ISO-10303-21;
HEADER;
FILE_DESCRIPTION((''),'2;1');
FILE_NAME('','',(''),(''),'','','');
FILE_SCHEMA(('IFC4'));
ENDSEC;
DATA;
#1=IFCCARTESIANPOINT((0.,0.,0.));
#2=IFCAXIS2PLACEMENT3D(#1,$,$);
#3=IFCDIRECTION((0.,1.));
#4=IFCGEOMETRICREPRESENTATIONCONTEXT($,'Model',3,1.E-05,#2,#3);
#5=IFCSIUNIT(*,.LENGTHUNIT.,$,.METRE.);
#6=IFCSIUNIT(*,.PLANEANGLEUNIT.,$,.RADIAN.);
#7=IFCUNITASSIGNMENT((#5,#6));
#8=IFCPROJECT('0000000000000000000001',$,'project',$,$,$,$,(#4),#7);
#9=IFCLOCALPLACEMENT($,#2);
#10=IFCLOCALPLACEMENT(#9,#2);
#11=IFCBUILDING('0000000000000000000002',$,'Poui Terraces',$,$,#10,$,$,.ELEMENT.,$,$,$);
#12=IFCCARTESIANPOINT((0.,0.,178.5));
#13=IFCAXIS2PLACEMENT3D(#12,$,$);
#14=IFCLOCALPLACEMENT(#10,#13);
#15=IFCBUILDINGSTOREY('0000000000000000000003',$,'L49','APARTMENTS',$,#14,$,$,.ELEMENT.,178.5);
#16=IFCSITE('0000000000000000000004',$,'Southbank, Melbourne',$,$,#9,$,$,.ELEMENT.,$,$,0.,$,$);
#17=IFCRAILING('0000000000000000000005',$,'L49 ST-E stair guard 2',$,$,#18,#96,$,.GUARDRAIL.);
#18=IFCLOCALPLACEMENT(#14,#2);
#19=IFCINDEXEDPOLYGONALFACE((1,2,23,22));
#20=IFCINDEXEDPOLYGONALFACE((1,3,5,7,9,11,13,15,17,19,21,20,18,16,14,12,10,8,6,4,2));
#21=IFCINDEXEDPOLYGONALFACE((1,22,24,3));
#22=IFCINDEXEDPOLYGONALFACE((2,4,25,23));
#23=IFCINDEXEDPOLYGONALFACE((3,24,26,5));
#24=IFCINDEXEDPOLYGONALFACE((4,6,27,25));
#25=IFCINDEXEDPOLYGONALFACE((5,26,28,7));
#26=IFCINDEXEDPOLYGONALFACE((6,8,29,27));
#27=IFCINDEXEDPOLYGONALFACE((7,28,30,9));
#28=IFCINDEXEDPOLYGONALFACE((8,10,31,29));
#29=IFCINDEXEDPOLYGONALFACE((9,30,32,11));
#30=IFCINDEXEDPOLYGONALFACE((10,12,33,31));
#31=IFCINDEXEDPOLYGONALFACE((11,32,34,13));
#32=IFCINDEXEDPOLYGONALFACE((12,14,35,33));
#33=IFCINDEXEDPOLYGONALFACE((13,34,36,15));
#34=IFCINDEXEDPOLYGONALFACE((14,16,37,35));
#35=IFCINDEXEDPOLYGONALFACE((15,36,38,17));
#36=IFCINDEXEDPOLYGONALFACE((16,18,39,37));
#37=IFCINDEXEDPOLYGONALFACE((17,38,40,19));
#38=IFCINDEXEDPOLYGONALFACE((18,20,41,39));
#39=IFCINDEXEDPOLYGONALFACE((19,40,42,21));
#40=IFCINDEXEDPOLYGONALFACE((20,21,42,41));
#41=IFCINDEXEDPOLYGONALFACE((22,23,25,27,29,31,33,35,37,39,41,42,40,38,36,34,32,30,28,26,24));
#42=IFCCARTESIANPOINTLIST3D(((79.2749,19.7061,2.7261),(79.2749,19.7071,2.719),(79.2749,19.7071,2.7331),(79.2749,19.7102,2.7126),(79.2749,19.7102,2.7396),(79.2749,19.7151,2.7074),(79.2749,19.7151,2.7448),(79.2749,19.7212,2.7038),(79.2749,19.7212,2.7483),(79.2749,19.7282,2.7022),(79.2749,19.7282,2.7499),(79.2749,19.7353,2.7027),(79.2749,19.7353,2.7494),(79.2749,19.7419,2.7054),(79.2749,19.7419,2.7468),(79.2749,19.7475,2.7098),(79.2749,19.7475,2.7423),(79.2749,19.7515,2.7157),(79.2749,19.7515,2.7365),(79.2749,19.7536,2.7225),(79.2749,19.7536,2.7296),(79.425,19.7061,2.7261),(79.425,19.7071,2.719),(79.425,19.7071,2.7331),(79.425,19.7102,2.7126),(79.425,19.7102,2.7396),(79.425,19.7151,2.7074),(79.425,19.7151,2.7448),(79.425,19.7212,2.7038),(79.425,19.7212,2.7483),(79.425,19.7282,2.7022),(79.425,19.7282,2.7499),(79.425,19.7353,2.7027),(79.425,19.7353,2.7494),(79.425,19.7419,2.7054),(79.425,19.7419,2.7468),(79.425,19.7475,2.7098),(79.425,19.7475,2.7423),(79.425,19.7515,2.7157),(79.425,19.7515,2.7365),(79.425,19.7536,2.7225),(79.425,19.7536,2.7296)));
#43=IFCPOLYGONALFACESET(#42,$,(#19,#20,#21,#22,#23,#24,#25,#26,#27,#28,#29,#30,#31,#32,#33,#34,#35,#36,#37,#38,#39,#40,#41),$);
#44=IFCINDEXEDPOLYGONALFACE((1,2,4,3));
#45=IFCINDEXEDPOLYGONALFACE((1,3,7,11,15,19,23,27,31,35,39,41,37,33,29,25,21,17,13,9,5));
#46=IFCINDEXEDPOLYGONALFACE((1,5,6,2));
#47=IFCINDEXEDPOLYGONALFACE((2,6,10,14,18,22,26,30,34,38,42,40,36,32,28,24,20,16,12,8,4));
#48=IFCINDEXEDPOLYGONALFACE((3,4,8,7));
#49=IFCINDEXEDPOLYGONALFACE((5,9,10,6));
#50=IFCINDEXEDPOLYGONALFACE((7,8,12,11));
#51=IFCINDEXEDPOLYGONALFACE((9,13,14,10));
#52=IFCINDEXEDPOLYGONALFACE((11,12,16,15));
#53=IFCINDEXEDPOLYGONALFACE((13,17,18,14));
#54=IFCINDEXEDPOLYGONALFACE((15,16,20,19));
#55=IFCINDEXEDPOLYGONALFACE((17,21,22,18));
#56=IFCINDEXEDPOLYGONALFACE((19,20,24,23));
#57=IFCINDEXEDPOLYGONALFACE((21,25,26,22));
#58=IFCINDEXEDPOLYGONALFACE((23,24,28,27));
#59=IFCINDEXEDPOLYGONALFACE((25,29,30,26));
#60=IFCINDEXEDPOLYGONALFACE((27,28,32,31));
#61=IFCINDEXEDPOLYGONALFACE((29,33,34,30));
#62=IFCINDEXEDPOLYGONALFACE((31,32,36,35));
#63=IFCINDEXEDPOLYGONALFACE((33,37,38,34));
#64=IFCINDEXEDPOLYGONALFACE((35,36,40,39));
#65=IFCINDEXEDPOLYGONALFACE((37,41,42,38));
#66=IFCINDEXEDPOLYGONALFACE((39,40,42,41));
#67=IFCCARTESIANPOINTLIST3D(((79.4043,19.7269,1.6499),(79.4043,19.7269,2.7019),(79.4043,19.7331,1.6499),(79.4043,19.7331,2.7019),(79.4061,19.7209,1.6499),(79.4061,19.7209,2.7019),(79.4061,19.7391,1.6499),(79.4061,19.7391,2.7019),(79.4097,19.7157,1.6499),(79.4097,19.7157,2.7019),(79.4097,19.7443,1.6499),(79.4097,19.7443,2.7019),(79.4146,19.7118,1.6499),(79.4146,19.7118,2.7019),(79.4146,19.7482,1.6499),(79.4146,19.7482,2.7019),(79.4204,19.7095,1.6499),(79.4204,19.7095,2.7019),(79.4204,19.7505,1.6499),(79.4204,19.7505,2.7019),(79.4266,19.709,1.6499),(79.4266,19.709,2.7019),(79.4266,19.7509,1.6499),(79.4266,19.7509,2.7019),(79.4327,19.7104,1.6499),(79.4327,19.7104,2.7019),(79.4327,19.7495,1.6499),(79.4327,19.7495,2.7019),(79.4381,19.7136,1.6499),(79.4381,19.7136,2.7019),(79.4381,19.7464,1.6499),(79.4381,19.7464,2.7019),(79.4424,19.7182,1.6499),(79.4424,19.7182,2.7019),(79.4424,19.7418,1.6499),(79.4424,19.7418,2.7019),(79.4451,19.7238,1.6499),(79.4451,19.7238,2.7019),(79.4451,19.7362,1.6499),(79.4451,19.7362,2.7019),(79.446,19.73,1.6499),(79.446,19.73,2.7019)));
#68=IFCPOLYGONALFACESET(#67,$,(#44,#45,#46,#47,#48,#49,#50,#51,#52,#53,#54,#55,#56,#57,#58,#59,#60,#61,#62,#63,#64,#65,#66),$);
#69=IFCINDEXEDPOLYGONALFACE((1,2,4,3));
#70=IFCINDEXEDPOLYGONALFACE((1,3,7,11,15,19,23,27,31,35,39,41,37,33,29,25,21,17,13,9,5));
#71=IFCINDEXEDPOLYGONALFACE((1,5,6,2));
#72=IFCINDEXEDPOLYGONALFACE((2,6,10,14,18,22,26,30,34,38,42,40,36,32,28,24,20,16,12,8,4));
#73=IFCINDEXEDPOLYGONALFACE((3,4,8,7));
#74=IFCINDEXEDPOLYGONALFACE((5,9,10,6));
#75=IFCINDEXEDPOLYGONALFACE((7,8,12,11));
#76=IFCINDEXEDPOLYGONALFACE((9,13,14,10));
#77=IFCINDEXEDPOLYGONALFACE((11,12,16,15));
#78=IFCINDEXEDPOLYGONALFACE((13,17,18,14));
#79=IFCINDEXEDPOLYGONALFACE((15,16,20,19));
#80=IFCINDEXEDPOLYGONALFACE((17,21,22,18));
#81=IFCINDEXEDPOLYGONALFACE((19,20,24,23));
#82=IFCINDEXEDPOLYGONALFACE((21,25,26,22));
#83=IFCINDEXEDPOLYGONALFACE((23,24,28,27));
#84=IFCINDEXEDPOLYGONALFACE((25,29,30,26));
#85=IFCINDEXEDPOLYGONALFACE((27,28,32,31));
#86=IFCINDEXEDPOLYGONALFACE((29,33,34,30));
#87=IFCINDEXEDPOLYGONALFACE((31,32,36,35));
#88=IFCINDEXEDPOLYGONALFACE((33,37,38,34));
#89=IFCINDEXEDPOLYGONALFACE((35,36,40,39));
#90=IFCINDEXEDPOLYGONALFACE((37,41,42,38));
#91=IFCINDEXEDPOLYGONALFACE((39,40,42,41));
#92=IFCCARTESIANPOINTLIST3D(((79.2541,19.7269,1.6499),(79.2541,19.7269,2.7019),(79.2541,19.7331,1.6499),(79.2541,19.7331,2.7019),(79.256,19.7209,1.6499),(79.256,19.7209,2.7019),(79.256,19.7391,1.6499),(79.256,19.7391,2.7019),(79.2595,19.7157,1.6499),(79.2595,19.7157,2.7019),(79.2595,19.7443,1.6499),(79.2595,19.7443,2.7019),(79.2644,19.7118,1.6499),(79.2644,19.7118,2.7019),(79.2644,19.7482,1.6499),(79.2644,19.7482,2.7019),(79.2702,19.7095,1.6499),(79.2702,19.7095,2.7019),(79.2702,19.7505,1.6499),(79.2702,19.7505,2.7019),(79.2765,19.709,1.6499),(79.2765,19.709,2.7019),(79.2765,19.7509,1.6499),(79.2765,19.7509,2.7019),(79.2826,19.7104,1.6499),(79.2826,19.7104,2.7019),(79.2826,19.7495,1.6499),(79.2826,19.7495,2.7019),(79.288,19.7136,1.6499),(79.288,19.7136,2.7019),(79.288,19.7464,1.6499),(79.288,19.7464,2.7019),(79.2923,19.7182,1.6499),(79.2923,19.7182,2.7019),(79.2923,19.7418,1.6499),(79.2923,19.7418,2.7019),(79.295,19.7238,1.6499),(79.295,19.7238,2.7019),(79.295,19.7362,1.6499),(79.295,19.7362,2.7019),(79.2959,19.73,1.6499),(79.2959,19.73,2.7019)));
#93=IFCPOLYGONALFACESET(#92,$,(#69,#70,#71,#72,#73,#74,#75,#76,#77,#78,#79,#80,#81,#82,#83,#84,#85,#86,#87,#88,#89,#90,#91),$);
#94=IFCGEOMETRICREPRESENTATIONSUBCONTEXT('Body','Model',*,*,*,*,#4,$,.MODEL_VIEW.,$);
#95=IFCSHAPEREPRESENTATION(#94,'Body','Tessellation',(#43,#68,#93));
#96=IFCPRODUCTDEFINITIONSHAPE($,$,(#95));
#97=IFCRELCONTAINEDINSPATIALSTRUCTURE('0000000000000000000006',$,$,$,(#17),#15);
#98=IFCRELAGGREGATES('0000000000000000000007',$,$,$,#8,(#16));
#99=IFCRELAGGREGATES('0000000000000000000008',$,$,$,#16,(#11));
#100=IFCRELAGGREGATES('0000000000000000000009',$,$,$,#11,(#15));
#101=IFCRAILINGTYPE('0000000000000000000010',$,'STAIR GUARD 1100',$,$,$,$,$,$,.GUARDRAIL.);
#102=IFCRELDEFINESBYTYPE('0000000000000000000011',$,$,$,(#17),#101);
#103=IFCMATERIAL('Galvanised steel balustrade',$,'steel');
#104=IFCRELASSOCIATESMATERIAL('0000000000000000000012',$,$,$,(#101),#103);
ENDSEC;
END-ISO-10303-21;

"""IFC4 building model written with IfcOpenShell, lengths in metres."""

from ifc_helpers import new_model, si_unit, direction, frame, origin, origin_2d, place, context, subcontext, project, spatial, circle, extrude, material, type_object, element, save


model = new_model("IFC4")

# Units and contexts
model_context = context("Model", 3, precision=1e-05, world=origin(), true_north=direction((0.0, 1.0)))
body_context = subcontext(model_context, "Body", "Model", "MODEL_VIEW")
ifc_project = project(units=[si_unit("LENGTHUNIT", "METRE"), si_unit("PLANEANGLEUNIT", "RADIAN")], contexts=[model_context])

# Site, building, storey
site_placement = place(None, origin())
site = spatial("IfcSite", under=ifc_project, at=site_placement, Name="Southbank, Melbourne", CompositionType="ELEMENT", RefElevation=0.0)
building_placement = place(site_placement, origin())
building = spatial("IfcBuilding", under=site, at=building_placement, Name="Poui Terraces", CompositionType="ELEMENT")
storey_placement = place(building_placement, frame((0.0, 0.0, 178.5)))
storey = spatial("IfcBuildingStorey", under=building, at=storey_placement, Name="L49", Description="APARTMENTS", CompositionType="ELEMENT", Elevation=178.5)

# Railing
ifc_material_1 = material(Name="Galvanised steel balustrade", Category="steel")
railing_type = type_object("IfcRailingType", Name="STAIR GUARD 1100", PredefinedType="GUARDRAIL", material=ifc_material_1)
railing_placement = place(storey_placement, frame((79.425, 19.73, 1.6499)))
element("IfcRailing", 1, at=railing_placement, inside=storey, type_object=railing_type, Name="L49 ST-E stair guard 2", PredefinedType="GUARDRAIL", context=body_context, shape_type="SweptSolid", body=[
    extrude(circle(Radius=0.0239, at=origin_2d()), frame((0.0, 0.0, 1.0762), z_axis=(-1.0, 0.0, 0.0), x_axis=(0.0, -1.0, 0.0)), (0.0, 0.0, 1.0), 0.1501),
    extrude(circle(Radius=0.021, at=origin_2d()), origin(), (0.0, 0.0, 1.0), 1.052),
    extrude(circle(Radius=0.021, at=origin_2d()), frame((-0.1501, 0.0, 0.0)), (0.0, 0.0, 1.0), 1.052),
])

save(model, "model.ifc")
